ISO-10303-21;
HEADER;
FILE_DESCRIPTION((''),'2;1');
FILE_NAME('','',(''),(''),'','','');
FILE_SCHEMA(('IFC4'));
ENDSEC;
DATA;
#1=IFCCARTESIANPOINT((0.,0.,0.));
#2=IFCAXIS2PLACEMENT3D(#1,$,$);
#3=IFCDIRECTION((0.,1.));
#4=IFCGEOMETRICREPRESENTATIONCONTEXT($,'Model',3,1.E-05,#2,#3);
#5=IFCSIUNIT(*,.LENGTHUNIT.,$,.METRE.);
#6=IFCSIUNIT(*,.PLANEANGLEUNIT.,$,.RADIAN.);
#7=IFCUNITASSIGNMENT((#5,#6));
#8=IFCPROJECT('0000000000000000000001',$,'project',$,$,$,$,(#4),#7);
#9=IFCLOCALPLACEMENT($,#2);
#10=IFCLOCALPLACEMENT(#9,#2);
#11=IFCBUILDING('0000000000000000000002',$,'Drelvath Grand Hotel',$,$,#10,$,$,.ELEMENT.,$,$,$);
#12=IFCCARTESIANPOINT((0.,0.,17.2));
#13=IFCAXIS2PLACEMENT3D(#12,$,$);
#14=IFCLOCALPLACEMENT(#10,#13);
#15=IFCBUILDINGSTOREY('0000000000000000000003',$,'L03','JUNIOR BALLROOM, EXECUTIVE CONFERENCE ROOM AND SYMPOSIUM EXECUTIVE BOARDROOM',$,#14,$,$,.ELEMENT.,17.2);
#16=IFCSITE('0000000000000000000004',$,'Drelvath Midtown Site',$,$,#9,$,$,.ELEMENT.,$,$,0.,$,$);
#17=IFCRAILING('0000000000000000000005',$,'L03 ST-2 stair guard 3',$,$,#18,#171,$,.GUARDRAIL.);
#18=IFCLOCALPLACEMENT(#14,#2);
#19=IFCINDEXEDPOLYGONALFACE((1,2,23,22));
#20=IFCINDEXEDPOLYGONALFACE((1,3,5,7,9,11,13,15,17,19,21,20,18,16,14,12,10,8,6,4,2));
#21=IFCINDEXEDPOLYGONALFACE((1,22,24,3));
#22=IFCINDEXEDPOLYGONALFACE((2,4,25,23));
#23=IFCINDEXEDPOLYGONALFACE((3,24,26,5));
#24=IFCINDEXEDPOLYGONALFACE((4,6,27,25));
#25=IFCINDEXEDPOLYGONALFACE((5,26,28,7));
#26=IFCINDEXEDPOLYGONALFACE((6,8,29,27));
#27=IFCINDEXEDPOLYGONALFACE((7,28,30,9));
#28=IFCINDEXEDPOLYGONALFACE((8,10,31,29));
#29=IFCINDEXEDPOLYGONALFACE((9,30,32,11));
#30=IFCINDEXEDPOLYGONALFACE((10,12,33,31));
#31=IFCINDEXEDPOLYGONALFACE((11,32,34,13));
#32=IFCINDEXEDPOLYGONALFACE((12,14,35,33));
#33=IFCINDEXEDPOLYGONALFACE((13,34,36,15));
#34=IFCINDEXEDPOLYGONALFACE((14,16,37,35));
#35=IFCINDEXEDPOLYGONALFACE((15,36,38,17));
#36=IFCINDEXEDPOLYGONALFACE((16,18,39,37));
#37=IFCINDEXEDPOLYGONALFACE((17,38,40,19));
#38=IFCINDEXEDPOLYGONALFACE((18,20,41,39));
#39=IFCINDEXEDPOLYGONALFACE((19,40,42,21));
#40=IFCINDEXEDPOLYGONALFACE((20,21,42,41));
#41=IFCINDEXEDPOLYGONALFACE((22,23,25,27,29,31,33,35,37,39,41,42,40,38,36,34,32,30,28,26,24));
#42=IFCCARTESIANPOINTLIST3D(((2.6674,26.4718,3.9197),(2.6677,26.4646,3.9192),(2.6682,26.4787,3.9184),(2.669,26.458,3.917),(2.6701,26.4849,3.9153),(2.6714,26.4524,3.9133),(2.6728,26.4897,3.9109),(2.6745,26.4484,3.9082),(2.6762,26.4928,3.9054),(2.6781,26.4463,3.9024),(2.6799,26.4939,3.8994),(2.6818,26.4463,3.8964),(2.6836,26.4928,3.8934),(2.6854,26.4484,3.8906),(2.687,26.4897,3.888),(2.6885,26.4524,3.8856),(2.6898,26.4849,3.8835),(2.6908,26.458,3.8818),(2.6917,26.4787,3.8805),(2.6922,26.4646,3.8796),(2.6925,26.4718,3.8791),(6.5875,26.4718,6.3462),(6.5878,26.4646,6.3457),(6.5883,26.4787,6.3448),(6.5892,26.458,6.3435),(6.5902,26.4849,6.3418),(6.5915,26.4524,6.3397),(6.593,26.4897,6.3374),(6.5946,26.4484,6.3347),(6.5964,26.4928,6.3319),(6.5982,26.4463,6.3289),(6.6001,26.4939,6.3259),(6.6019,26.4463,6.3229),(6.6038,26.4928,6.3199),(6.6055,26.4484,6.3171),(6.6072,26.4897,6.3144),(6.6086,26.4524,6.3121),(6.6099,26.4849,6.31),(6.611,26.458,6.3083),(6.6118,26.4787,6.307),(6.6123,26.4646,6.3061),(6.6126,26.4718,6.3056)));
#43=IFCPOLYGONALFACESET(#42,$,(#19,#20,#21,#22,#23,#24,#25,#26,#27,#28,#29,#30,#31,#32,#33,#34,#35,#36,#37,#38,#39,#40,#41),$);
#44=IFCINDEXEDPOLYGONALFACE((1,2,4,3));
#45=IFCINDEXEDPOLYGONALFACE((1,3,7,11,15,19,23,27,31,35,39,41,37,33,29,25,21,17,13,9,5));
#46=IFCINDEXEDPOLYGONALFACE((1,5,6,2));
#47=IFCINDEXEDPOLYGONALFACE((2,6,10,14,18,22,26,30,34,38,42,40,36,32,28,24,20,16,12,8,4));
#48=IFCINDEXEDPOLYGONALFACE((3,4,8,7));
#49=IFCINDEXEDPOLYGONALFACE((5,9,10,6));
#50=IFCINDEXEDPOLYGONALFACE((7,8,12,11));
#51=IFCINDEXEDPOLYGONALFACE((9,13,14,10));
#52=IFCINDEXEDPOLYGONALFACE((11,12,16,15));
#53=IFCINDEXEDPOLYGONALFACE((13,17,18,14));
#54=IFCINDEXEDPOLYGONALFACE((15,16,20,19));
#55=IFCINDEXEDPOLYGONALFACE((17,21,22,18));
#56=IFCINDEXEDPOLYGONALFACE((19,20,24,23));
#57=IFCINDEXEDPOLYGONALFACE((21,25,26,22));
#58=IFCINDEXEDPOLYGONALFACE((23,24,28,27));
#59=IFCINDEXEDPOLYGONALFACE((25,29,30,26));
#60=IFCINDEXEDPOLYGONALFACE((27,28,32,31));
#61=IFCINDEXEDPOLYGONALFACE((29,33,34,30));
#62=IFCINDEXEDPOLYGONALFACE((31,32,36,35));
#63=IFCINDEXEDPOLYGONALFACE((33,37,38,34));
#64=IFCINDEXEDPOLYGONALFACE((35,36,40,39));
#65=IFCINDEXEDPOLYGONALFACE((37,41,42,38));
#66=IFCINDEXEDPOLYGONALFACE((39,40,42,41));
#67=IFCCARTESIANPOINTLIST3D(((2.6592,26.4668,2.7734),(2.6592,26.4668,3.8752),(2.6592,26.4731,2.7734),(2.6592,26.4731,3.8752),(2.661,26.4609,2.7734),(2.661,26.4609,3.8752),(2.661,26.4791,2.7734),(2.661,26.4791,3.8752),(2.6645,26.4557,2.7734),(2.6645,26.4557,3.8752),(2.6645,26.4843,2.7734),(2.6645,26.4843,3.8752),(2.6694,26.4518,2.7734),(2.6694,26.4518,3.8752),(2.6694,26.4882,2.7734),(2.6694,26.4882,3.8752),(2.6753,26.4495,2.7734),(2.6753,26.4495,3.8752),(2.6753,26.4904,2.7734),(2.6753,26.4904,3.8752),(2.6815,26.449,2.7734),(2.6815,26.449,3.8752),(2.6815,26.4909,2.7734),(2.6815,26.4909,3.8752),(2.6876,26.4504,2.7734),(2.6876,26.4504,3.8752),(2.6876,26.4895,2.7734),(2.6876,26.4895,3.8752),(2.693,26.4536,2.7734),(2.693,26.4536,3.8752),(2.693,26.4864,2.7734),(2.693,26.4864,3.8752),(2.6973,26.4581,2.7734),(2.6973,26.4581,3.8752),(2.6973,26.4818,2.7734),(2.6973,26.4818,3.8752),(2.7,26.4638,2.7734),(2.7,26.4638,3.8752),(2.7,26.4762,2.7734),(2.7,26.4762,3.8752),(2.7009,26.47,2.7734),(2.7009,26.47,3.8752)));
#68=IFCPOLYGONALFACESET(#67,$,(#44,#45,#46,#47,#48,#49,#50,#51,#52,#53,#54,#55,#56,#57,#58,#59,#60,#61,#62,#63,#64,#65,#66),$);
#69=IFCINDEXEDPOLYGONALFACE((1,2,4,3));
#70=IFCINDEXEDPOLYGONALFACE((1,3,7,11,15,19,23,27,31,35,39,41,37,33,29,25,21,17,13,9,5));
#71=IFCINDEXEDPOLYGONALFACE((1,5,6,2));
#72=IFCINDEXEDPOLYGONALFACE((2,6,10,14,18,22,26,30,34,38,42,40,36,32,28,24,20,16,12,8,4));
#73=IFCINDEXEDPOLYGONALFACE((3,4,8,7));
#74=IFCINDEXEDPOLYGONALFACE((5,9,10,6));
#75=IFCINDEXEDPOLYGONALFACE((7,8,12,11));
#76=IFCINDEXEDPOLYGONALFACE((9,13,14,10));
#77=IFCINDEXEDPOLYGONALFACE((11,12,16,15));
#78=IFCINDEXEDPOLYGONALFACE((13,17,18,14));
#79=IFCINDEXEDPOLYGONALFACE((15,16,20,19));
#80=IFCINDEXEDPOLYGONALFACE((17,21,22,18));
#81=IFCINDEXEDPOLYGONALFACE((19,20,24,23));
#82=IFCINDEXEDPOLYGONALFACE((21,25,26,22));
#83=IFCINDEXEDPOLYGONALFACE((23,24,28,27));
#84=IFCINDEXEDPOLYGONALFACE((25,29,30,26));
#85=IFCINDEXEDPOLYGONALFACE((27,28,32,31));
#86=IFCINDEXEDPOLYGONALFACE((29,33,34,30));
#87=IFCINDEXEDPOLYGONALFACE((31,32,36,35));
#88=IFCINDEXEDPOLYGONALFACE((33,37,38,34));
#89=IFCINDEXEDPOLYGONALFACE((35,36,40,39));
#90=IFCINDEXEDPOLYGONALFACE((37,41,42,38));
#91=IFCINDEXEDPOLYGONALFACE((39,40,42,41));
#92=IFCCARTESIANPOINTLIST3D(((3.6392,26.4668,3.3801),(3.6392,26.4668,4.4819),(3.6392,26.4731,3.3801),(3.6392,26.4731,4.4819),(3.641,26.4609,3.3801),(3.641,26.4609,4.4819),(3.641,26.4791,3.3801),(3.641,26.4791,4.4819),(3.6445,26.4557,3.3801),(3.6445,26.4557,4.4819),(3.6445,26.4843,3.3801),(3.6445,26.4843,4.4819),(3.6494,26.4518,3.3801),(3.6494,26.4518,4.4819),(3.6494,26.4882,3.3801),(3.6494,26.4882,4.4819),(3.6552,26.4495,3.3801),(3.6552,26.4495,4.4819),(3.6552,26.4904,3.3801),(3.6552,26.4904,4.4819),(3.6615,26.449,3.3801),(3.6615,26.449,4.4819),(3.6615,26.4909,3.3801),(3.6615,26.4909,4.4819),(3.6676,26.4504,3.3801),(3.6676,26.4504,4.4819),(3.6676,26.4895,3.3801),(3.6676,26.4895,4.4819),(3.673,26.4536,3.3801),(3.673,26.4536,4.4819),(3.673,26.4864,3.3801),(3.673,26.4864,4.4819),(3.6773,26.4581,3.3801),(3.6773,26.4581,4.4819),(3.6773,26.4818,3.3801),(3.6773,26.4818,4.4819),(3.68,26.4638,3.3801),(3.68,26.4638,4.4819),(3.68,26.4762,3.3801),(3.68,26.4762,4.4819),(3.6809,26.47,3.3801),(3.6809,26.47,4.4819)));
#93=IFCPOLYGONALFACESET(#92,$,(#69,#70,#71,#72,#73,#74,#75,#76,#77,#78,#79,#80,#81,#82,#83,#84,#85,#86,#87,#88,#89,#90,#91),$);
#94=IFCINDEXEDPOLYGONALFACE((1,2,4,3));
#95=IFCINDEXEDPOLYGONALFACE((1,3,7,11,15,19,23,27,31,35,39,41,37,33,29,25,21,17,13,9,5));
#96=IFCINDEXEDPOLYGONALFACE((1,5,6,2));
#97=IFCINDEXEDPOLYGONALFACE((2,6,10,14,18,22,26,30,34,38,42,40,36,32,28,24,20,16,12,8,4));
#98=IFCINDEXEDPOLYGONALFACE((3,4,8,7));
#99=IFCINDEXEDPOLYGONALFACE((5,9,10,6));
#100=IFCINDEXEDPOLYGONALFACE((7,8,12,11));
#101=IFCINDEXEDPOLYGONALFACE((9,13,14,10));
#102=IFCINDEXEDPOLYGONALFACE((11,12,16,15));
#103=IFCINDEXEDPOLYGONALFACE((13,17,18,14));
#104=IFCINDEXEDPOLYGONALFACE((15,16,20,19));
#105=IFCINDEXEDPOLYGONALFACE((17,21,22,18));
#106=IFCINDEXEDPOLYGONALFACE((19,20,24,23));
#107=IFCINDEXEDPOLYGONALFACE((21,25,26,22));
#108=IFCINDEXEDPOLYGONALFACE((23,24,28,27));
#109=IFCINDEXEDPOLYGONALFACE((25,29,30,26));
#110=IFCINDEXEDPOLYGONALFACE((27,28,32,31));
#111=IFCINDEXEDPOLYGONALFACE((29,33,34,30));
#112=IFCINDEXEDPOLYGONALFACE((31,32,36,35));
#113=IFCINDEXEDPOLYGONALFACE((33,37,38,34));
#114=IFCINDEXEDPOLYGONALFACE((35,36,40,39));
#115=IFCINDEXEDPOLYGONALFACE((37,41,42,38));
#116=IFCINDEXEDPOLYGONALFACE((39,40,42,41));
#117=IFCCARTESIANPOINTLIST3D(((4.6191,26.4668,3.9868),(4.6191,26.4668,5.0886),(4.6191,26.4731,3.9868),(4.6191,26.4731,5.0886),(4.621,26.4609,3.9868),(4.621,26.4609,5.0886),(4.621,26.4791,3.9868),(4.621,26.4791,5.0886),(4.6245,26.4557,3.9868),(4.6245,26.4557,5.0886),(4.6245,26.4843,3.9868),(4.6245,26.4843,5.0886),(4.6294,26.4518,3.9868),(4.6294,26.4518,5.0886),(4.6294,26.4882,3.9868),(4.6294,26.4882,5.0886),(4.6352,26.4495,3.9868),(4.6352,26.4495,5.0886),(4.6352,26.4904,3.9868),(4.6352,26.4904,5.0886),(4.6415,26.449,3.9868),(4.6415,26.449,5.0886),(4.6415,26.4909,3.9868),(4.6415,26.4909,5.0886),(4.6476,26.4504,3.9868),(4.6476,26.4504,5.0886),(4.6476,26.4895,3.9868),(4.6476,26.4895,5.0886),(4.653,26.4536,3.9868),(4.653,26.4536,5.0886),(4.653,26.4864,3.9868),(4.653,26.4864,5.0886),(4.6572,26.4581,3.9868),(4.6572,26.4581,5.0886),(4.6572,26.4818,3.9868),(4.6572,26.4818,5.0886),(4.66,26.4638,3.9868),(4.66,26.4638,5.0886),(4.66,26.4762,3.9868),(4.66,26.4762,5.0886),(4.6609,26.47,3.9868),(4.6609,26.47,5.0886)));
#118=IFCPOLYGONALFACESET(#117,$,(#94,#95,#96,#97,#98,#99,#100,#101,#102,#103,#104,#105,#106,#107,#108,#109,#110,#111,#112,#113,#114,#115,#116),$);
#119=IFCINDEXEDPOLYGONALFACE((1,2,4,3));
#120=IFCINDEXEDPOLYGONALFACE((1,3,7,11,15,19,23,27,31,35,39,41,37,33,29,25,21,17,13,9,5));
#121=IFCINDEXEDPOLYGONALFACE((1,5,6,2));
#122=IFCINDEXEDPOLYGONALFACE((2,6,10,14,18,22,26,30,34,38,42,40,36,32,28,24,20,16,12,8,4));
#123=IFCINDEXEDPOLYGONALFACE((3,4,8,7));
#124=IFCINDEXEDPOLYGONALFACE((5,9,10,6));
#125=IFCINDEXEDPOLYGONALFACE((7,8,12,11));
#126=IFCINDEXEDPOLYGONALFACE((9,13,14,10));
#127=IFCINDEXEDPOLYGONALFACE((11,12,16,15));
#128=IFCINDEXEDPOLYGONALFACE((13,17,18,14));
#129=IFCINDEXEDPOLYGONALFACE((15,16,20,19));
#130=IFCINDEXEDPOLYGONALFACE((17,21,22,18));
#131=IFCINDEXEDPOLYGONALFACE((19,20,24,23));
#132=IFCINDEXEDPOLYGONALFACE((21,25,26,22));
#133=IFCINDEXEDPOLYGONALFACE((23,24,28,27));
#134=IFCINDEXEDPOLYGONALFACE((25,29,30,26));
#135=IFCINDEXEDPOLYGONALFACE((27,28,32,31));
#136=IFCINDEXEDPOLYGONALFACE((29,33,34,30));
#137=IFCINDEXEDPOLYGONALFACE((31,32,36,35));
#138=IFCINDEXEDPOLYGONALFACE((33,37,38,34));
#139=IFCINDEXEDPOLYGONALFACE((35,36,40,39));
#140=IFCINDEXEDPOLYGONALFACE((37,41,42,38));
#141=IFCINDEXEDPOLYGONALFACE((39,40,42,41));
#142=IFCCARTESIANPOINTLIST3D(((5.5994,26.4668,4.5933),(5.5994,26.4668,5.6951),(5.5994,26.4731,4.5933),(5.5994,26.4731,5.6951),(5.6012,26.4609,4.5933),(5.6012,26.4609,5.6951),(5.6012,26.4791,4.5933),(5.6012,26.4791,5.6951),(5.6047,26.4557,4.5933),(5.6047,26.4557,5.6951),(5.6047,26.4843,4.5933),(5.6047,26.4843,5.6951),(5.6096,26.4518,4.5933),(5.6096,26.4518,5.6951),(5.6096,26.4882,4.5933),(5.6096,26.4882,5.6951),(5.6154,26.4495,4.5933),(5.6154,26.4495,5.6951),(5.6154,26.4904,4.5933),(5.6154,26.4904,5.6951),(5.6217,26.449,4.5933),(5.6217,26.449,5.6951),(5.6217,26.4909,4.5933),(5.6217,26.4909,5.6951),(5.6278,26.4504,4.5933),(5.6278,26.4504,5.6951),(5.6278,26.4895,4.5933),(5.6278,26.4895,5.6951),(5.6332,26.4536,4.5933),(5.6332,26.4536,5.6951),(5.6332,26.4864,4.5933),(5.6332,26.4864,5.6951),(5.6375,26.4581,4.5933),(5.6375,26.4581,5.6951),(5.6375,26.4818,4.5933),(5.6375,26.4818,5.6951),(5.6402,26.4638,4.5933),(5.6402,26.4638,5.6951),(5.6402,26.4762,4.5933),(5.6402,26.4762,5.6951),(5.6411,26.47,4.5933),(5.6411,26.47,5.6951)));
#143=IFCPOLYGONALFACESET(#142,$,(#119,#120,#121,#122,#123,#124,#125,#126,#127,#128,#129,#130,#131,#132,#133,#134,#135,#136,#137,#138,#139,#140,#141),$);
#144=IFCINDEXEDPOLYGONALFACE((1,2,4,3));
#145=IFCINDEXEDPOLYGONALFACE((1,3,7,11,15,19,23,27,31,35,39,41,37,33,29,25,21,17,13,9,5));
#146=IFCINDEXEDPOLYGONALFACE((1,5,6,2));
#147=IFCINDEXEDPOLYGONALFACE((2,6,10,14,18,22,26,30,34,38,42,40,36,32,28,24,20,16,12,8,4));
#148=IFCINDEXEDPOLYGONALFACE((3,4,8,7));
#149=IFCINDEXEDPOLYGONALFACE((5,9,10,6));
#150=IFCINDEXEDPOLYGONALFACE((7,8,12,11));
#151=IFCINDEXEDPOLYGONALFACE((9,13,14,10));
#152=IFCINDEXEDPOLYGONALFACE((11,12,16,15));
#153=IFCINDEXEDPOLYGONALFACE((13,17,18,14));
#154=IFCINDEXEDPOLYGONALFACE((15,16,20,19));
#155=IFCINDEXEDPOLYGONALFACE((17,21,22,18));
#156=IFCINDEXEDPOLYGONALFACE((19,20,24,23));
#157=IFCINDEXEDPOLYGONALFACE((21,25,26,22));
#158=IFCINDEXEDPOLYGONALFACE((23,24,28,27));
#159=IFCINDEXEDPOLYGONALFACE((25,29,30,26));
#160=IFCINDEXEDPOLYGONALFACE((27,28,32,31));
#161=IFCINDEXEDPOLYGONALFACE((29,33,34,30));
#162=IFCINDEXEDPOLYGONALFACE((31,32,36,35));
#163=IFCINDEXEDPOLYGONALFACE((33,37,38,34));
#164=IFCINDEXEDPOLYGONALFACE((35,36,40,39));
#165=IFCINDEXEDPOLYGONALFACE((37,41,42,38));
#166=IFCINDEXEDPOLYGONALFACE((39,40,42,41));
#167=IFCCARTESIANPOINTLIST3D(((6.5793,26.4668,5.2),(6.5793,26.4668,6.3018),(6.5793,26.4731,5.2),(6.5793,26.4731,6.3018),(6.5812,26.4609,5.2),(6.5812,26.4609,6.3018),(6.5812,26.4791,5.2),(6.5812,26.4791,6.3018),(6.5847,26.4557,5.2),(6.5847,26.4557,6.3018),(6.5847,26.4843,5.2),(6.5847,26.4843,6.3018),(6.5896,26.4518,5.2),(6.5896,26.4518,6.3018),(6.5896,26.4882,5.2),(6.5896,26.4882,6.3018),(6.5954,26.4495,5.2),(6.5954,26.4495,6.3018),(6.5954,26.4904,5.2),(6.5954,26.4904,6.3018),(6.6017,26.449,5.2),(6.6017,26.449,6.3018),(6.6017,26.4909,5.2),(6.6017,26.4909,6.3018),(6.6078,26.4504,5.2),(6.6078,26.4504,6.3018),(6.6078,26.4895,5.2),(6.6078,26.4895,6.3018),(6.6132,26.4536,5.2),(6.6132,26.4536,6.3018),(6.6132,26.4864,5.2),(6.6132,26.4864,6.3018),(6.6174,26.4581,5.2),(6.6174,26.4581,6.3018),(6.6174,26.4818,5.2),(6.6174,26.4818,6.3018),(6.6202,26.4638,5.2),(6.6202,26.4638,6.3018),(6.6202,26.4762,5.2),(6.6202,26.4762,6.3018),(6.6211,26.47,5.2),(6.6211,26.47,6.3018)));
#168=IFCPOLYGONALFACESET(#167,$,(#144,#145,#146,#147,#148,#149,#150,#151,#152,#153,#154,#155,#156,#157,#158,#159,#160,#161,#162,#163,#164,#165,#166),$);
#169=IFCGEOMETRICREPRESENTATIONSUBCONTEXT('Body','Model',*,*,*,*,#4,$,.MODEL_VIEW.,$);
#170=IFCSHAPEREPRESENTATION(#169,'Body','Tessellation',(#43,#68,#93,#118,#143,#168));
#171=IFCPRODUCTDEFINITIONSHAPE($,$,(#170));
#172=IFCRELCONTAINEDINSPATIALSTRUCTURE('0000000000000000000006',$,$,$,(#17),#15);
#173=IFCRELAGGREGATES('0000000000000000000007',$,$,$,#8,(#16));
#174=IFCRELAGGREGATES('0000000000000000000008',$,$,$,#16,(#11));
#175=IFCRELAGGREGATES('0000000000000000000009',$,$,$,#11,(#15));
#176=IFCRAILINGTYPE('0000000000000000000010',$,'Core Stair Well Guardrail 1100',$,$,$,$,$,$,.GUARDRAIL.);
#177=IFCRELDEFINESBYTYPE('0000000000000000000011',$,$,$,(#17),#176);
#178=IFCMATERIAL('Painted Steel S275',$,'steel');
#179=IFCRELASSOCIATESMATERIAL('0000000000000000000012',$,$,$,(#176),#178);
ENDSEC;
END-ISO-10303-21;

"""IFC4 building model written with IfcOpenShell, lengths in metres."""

from ifc_helpers import new_model, si_unit, direction, frame, origin, origin_2d, place, context, subcontext, project, spatial, circle, extrude, material, type_object, element, save


model = new_model("IFC4")

# Units and contexts
model_context = context("Model", 3, precision=1e-05, world=origin(), true_north=direction((0.0, 1.0)))
body_context = subcontext(model_context, "Body", "Model", "MODEL_VIEW")
ifc_project = project(units=[si_unit("LENGTHUNIT", "METRE"), si_unit("PLANEANGLEUNIT", "RADIAN")], contexts=[model_context])

# Site, building, storey
site_placement = place(None, origin())
site = spatial("IfcSite", under=ifc_project, at=site_placement, Name="Drelvath Midtown Site", CompositionType="ELEMENT", RefElevation=0.0)
building_placement = place(site_placement, origin())
building = spatial("IfcBuilding", under=site, at=building_placement, Name="Drelvath Grand Hotel", CompositionType="ELEMENT")
storey_placement = place(building_placement, frame((0.0, 0.0, 17.2)))
storey = spatial("IfcBuildingStorey", under=building, at=storey_placement, Name="L03", Description="JUNIOR BALLROOM, EXECUTIVE CONFERENCE ROOM AND SYMPOSIUM EXECUTIVE BOARDROOM", CompositionType="ELEMENT", Elevation=17.2)

# Shared definitions
ifc_material_1 = material(Name="Painted Steel S275", Category="steel")

# Railing
railing_type_1 = type_object("IfcRailingType", Name="Core Stair Well Guardrail 1100", PredefinedType="GUARDRAIL", material=ifc_material_1)
railing_1_placement = place(storey_placement, frame((2.6799, 26.47, 2.7734)))
element("IfcRailing", 1, at=railing_1_placement, inside=storey, type_object=railing_type_1, Name="L03 ST-2 stair guard 3", PredefinedType="GUARDRAIL", context=body_context, shape_type="SweptSolid", body=[
    extrude(circle(Radius=0.0239, at=origin_2d()), frame((0.0, 0.0, 1.126), z_axis=(0.85029, 0.0, 0.526315), x_axis=(0.0, 1.0, 0.0)), (0.0, 0.0, 1.0), 4.6104),
    extrude(circle(Radius=0.021, at=origin_2d()), origin(), (0.0, 0.0, 1.0), 1.1018),
    extrude(circle(Radius=0.021, at=origin_2d()), frame((0.98, 0.0, 0.6067)), (0.0, 0.0, 1.0), 1.1018),
    extrude(circle(Radius=0.021, at=origin_2d()), frame((1.96, 0.0, 1.2134)), (0.0, 0.0, 1.0), 1.1018),
    extrude(circle(Radius=0.021, at=origin_2d()), frame((2.9402, 0.0, 1.8198)), (0.0, 0.0, 1.0), 1.1018),
    extrude(circle(Radius=0.021, at=origin_2d()), frame((3.9202, 0.0, 2.4265)), (0.0, 0.0, 1.0), 1.1018),
])

save(model, "model.ifc")
